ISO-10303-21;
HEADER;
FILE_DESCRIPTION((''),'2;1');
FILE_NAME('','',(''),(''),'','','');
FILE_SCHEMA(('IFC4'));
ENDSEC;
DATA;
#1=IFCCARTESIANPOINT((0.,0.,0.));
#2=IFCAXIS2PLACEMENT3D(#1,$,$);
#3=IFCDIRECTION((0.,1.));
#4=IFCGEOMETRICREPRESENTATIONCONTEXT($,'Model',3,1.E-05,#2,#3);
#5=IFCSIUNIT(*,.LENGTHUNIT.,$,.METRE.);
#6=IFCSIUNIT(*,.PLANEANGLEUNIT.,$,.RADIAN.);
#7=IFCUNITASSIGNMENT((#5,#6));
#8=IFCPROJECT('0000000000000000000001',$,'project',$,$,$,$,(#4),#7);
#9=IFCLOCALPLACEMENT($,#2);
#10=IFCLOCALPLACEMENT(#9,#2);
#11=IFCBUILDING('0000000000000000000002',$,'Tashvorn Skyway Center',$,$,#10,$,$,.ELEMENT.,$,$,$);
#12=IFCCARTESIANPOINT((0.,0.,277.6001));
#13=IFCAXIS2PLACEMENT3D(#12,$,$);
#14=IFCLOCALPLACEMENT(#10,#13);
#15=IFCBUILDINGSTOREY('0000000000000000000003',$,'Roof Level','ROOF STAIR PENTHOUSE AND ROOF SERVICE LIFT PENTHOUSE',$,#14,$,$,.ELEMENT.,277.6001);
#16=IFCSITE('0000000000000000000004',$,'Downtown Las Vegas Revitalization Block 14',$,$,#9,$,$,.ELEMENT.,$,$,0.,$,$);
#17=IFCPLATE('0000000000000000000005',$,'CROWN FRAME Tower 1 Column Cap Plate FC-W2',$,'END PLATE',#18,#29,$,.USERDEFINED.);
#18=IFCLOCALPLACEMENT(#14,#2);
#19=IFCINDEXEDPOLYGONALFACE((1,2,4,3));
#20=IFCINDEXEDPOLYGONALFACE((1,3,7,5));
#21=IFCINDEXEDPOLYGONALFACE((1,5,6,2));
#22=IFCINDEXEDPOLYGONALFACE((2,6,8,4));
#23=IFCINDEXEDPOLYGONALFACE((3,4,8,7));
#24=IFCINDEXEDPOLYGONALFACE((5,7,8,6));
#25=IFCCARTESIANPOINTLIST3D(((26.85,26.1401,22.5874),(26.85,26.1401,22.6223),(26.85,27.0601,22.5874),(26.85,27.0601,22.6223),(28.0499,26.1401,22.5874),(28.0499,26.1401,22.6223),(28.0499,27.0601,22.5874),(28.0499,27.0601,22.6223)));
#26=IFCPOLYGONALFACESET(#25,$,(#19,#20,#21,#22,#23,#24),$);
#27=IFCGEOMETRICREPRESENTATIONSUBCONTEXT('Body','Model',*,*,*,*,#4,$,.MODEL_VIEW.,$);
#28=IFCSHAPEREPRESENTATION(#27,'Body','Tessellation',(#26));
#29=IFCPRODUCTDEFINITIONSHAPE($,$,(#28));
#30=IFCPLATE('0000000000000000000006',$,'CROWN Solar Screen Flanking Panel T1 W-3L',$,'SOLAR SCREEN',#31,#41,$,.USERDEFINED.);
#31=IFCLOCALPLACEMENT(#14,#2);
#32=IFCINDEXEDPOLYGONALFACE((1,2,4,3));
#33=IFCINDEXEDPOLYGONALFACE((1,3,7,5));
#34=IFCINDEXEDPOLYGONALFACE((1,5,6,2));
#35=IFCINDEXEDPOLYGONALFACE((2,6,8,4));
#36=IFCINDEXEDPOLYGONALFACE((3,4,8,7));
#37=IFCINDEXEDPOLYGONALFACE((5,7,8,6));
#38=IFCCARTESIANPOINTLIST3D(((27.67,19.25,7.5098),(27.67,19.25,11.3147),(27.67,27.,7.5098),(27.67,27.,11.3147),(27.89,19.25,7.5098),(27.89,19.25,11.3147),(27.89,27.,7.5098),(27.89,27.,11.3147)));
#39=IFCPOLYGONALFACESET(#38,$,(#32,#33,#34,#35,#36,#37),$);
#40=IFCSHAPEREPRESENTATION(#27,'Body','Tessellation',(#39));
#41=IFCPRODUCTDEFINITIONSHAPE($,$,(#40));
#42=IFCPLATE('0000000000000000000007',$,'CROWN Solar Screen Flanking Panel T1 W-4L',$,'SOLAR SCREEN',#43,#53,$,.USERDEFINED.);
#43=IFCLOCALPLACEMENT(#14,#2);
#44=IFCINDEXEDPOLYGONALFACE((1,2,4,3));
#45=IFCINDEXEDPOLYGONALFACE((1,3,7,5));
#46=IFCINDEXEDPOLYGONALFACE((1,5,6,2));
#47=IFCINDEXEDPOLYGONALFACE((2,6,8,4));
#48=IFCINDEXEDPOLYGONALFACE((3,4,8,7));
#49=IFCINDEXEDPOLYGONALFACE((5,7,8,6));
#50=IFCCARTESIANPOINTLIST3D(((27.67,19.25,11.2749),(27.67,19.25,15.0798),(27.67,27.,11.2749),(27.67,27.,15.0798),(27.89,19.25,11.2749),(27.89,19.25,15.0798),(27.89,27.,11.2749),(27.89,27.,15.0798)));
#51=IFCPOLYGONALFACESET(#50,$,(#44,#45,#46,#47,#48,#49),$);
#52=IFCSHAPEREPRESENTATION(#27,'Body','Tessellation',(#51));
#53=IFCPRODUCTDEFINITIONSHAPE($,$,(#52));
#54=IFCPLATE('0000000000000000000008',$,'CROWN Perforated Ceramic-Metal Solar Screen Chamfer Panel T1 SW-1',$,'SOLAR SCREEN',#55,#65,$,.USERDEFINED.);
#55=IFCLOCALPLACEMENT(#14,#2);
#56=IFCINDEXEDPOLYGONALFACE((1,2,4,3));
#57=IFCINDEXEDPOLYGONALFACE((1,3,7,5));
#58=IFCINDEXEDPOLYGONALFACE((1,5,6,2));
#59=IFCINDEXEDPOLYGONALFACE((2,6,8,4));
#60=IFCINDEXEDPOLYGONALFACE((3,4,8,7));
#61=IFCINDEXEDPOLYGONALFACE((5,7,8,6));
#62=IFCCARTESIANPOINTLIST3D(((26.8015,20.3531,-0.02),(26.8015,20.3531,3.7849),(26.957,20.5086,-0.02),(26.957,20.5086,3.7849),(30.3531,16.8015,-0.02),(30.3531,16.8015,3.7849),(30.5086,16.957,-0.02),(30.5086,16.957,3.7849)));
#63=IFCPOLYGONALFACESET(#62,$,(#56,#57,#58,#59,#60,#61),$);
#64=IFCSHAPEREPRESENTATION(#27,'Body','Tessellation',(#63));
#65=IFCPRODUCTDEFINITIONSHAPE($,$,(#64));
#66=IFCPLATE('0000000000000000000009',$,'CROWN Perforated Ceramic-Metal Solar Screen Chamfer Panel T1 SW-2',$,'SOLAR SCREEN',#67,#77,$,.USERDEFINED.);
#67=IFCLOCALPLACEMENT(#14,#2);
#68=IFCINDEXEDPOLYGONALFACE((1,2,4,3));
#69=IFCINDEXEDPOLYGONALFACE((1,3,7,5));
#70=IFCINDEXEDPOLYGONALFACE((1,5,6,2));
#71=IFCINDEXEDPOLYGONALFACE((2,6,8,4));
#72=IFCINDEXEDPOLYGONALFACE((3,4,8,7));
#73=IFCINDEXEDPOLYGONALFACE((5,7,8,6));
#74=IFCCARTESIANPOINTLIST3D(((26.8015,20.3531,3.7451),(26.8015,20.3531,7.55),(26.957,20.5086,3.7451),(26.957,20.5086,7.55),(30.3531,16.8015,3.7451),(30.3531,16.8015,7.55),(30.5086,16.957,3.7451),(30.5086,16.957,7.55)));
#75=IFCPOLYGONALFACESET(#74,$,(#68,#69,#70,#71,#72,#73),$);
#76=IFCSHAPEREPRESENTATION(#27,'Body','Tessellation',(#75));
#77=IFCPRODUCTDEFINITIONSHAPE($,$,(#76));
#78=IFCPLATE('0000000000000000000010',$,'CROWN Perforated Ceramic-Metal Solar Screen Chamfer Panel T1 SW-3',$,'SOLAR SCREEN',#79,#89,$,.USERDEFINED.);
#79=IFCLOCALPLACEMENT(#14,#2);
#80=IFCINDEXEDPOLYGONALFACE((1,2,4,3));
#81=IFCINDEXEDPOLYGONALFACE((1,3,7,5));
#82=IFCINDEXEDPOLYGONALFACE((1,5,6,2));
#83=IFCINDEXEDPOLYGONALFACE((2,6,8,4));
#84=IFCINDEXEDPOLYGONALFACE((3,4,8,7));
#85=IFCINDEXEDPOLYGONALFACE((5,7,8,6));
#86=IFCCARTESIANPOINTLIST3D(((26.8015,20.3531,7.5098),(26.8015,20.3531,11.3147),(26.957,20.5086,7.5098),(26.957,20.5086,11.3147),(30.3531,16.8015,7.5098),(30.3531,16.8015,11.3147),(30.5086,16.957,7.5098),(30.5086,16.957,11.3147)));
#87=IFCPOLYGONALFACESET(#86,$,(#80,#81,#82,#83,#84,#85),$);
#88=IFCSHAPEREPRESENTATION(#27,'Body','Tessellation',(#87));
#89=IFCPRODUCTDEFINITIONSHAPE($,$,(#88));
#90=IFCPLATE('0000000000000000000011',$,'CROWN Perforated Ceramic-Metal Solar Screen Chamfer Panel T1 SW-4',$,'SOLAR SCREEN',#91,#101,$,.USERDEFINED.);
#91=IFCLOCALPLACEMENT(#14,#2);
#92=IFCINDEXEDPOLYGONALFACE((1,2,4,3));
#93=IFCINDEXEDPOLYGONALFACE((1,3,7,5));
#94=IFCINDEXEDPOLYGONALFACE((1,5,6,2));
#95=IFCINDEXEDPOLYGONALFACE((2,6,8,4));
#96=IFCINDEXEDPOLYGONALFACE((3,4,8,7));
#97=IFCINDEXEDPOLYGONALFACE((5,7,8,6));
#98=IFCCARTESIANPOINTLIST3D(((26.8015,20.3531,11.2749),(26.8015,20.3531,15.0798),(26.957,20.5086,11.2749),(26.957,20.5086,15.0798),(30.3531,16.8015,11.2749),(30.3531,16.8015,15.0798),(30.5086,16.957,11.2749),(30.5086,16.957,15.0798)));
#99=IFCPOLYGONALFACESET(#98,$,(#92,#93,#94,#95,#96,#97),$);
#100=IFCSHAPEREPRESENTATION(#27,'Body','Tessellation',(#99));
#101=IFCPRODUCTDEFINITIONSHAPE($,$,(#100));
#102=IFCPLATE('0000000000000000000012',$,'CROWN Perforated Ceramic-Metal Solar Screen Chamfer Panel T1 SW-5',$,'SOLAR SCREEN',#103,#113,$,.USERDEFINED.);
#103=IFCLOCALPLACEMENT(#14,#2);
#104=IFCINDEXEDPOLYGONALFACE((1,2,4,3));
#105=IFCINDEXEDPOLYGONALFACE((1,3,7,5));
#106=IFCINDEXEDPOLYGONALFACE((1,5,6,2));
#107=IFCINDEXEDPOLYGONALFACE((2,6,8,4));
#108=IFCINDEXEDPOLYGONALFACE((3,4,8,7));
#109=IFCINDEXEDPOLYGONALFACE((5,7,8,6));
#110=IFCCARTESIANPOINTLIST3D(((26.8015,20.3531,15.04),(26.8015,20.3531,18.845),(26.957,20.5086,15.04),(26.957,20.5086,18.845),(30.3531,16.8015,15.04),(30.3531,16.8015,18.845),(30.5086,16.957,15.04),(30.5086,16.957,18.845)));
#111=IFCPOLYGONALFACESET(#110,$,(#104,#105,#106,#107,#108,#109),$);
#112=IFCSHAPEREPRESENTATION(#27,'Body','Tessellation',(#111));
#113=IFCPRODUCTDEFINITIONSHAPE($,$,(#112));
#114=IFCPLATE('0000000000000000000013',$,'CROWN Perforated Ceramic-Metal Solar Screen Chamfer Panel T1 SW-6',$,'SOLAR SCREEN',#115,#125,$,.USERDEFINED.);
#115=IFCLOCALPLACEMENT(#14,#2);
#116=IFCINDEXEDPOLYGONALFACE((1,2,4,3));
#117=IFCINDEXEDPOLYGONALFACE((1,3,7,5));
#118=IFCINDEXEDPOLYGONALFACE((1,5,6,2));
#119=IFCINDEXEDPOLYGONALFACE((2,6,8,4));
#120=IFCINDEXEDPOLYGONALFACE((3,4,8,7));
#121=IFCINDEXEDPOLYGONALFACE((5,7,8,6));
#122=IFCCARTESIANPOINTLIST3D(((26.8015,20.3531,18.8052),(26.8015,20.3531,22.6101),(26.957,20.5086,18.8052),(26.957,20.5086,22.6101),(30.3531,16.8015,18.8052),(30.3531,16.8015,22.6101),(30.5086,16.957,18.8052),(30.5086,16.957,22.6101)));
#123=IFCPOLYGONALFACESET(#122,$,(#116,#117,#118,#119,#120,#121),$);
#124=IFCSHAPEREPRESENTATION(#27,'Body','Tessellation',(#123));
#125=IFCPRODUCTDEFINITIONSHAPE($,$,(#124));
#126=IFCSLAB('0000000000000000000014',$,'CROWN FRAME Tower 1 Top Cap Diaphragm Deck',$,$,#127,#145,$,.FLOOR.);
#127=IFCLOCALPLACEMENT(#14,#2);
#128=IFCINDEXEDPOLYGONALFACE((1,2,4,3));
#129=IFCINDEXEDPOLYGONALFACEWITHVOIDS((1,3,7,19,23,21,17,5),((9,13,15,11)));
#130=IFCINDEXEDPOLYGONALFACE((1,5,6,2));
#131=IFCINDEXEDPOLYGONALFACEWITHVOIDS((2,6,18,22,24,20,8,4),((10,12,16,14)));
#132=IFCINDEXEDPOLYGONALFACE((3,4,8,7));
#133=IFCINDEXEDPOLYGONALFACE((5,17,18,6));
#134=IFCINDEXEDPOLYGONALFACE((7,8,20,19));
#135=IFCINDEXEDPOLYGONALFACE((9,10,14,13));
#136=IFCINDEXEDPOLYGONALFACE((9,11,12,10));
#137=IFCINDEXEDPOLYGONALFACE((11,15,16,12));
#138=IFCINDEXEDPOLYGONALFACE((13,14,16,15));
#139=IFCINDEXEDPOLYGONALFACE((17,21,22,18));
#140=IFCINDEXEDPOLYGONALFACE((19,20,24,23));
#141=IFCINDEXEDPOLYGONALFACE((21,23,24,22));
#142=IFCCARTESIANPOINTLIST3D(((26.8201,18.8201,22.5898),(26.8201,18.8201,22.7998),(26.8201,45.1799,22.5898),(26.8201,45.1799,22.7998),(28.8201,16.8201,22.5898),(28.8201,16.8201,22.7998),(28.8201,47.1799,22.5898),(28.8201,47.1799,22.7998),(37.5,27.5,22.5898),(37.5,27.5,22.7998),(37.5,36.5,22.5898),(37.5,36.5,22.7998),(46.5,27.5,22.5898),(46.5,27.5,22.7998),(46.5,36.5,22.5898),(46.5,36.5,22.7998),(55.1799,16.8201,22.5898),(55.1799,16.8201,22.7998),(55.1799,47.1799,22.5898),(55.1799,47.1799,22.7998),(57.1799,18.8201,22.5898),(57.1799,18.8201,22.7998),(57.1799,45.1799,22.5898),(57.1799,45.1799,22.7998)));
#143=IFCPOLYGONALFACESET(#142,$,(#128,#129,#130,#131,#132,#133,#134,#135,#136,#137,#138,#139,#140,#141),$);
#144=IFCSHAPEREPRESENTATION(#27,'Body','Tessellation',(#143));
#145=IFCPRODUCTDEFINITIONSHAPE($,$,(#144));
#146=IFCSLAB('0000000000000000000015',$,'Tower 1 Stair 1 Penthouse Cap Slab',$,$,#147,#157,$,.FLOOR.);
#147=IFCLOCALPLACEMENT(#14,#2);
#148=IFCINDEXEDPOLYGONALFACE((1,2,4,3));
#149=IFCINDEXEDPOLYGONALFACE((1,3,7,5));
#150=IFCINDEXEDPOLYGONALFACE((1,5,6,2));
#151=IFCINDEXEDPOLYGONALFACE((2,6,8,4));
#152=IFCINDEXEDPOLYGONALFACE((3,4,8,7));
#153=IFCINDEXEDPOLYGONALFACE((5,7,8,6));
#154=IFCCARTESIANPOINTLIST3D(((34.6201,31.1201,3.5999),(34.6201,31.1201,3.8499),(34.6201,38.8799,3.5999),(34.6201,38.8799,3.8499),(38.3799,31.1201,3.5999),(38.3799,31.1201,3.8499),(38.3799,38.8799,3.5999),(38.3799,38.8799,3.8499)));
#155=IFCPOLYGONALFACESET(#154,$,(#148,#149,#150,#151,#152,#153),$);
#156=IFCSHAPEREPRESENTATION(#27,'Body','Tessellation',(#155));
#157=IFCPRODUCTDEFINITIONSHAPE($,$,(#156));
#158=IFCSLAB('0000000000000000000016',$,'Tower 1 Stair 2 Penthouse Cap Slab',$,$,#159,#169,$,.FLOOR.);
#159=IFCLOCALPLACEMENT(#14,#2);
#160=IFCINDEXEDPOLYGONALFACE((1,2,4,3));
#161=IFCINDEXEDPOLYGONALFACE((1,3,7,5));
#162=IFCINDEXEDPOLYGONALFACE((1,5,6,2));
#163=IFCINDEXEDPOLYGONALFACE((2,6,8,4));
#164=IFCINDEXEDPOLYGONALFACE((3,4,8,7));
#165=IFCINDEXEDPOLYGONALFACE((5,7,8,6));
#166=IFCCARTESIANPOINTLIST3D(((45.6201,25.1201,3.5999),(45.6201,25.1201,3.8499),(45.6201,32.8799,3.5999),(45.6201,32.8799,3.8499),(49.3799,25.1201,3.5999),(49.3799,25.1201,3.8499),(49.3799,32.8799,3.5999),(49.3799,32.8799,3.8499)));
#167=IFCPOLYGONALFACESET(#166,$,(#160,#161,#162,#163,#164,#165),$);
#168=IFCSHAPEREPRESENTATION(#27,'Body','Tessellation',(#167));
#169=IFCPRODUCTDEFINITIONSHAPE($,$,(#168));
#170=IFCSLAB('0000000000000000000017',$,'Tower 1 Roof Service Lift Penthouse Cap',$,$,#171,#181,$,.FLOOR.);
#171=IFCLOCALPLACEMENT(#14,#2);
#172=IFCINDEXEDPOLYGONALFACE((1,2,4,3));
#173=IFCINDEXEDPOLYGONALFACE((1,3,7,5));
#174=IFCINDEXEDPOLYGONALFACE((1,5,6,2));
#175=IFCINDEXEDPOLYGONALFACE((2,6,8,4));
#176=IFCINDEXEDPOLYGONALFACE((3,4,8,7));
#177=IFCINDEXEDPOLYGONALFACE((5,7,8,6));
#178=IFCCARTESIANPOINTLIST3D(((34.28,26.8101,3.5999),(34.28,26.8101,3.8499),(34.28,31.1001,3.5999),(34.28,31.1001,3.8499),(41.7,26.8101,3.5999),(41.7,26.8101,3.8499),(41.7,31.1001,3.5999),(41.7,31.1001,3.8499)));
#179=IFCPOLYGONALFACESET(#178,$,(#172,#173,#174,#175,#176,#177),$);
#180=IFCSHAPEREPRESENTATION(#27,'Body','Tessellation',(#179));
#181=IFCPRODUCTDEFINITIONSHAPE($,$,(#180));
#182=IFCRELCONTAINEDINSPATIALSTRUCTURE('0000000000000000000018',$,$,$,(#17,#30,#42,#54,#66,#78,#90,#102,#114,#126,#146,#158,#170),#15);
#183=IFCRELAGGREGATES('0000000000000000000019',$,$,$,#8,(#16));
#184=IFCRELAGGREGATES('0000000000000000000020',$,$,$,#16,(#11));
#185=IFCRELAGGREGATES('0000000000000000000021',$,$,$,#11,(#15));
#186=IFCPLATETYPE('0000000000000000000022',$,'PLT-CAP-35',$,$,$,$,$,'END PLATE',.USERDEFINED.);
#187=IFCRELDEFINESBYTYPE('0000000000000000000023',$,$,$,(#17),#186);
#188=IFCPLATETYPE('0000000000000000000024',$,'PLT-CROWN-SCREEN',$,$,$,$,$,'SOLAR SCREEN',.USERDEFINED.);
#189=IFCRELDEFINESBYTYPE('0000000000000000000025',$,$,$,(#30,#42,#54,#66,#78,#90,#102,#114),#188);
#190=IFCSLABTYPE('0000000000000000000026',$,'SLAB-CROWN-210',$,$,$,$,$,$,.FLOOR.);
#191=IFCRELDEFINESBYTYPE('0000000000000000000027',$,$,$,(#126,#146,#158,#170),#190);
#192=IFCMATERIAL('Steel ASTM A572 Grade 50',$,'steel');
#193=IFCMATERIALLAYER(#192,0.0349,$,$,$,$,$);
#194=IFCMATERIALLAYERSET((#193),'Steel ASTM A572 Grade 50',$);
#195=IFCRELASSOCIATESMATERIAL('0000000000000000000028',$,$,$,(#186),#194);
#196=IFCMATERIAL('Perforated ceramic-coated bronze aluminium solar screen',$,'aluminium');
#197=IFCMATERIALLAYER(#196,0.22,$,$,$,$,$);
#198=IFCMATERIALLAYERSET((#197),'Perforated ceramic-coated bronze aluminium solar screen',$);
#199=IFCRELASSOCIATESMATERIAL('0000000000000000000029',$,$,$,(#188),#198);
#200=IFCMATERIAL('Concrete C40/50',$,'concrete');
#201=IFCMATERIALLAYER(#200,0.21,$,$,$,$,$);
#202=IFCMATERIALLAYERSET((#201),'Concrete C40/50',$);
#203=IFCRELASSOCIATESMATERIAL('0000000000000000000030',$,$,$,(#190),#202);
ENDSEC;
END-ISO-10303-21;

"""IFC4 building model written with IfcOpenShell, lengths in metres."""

from ifc_helpers import new_model, si_unit, direction, frame, origin, origin_2d, place, context, subcontext, project, spatial, polyline, rectangle, outline, extrude, material, layer, layer_set, type_object, element, save


model = new_model("IFC4")

# Units and contexts
model_context = context("Model", 3, precision=1e-05, world=origin(), true_north=direction((0.0, 1.0)))
body_context = subcontext(model_context, "Body", "Model", "MODEL_VIEW")
ifc_project = project(units=[si_unit("LENGTHUNIT", "METRE"), si_unit("PLANEANGLEUNIT", "RADIAN")], contexts=[model_context])

# Site, building, storey
site_placement = place(None, origin())
site = spatial("IfcSite", under=ifc_project, at=site_placement, Name="Downtown Las Vegas Revitalization Block 14", CompositionType="ELEMENT", RefElevation=0.0)
building_placement = place(site_placement, origin())
building = spatial("IfcBuilding", under=site, at=building_placement, Name="Tashvorn Skyway Center", CompositionType="ELEMENT")
storey_placement = place(building_placement, frame((0.0, 0.0, 277.6001)))
storey = spatial("IfcBuildingStorey", under=building, at=storey_placement, Name="Roof Level", Description="ROOF STAIR PENTHOUSE AND ROOF SERVICE LIFT PENTHOUSE", CompositionType="ELEMENT", Elevation=277.6001)

# Shared definitions
ifc_material_1 = material(Name="Steel ASTM A572 Grade 50", Category="steel")

# Plates
ifc_layer_1 = layer(ifc_material_1, 0.0349)
ifc_layer_set_1 = layer_set([ifc_layer_1], Name="Steel ASTM A572 Grade 50")
plate_type_1 = type_object("IfcPlateType", Name="PLT-CAP-35", ElementType="END PLATE", PredefinedType="USERDEFINED", material=ifc_layer_set_1)
for number, where, z_axis, x_axis, name in (
    (1, (27.45, 26.6001, 22.5874), (0.0, 0.0, 1.0), (1.0, 0.0, 0.0), "CROWN FRAME Tower 1 Column Cap Plate FC-W2"),
):
    element("IfcPlate", number, at=place(storey_placement, frame(where, z_axis=z_axis, x_axis=x_axis)), inside=storey, type_object=plate_type_1, Name=name, ObjectType="END PLATE", PredefinedType="USERDEFINED", context=body_context, shape_type="SweptSolid", body=[
        extrude(rectangle(XDim=1.2, YDim=0.9199, at=origin_2d()), origin(), (0.0, 0.0, 1.0), 0.0349),
    ])
ifc_material_2 = material(Name="Perforated ceramic-coated bronze aluminium solar screen", Category="aluminium")
ifc_layer_2 = layer(ifc_material_2, 0.22)
ifc_layer_set_2 = layer_set([ifc_layer_2], Name="Perforated ceramic-coated bronze aluminium solar screen")
plate_type_2 = type_object("IfcPlateType", Name="PLT-CROWN-SCREEN", ElementType="SOLAR SCREEN", PredefinedType="USERDEFINED", material=ifc_layer_set_2)
for number, where, z_axis, x_axis, name in (
    (2, (27.78, 23.125, 7.5098), (0.0, 0.0, 1.0), (0.0, -1.0, 0.0), "CROWN Solar Screen Flanking Panel T1 W-3L"),
    (3, (27.78, 23.125, 11.2749), (0.0, 0.0, 1.0), (0.0, -1.0, 0.0), "CROWN Solar Screen Flanking Panel T1 W-4L"),
):
    element("IfcPlate", number, at=place(storey_placement, frame(where, z_axis=z_axis, x_axis=x_axis)), inside=storey, type_object=plate_type_2, Name=name, ObjectType="SOLAR SCREEN", PredefinedType="USERDEFINED", context=body_context, shape_type="SweptSolid", body=[
        extrude(rectangle(XDim=7.75, YDim=0.22, at=origin_2d()), origin(), (0.0, 0.0, 1.0), 3.8049),
    ])
for number, where, z_axis, x_axis, name in (
    (4, (28.655, 18.655, -0.02), (0.0, 0.0, 1.0), (-0.707107, 0.707107, 0.0), "CROWN Perforated Ceramic-Metal Solar Screen Chamfer Panel T1 SW-1"),
    (5, (28.655, 18.655, 3.7451), (0.0, 0.0, 1.0), (-0.707107, 0.707107, 0.0), "CROWN Perforated Ceramic-Metal Solar Screen Chamfer Panel T1 SW-2"),
    (6, (28.655, 18.655, 7.5098), (0.0, 0.0, 1.0), (-0.707107, 0.707107, 0.0), "CROWN Perforated Ceramic-Metal Solar Screen Chamfer Panel T1 SW-3"),
    (7, (28.655, 18.655, 11.2749), (0.0, 0.0, 1.0), (-0.707107, 0.707107, 0.0), "CROWN Perforated Ceramic-Metal Solar Screen Chamfer Panel T1 SW-4"),
    (8, (28.655, 18.655, 15.04), (0.0, 0.0, 1.0), (-0.707107, 0.707107, 0.0), "CROWN Perforated Ceramic-Metal Solar Screen Chamfer Panel T1 SW-5"),
    (9, (28.655, 18.655, 18.8052), (0.0, 0.0, 1.0), (-0.707107, 0.707107, 0.0), "CROWN Perforated Ceramic-Metal Solar Screen Chamfer Panel T1 SW-6"),
):
    element("IfcPlate", number, at=place(storey_placement, frame(where, z_axis=z_axis, x_axis=x_axis)), inside=storey, type_object=plate_type_2, Name=name, ObjectType="SOLAR SCREEN", PredefinedType="USERDEFINED", context=body_context, shape_type="SweptSolid", body=[
        extrude(rectangle(XDim=5.0227, YDim=0.22, at=origin_2d()), origin(), (0.0, 0.0, 1.0), 3.8049),
    ])

# Slabs
ifc_material_3 = material(Name="Concrete C40/50", Category="concrete")
ifc_layer_3 = layer(ifc_material_3, 0.21)
ifc_layer_set_3 = layer_set([ifc_layer_3], Name="Concrete C40/50")
slab_type_1 = type_object("IfcSlabType", Name="SLAB-CROWN-210", PredefinedType="FLOOR", material=ifc_layer_set_3)
slab_1_placement = place(storey_placement, frame((0.0, 0.0, 22.5898)))
element("IfcSlab", 10, at=slab_1_placement, inside=storey, type_object=slab_type_1, Name="CROWN FRAME Tower 1 Top Cap Diaphragm Deck", PredefinedType="FLOOR", context=body_context, shape_type="SweptSolid", body=[
    extrude(outline(polyline([(28.8201, 16.8201), (55.1799, 16.8201), (57.1799, 18.8201), (57.1799, 45.1799), (55.1799, 47.1799), (28.8201, 47.1799), (26.8201, 45.1799), (26.8201, 18.8201), (28.8201, 16.8201)]), holes=[polyline([(37.5, 27.5), (46.5, 27.5), (46.5, 36.5), (37.5, 36.5), (37.5, 27.5)])]), origin(), (0.0, 0.0, 1.0), 0.21),
])
slab_2_placement = place(storey_placement, frame((0.0, 0.0, 3.5999)))
element("IfcSlab", 11, at=slab_2_placement, inside=storey, type_object=slab_type_1, Name="Tower 1 Stair 1 Penthouse Cap Slab", PredefinedType="FLOOR", context=body_context, shape_type="SweptSolid", body=[
    extrude(outline(polyline([(34.6201, 31.1201), (38.3799, 31.1201), (38.3799, 38.8799), (34.6201, 38.8799), (34.6201, 31.1201)])), origin(), (0.0, 0.0, 1.0), 0.25),
])
slab_3_placement = place(storey_placement, frame((0.0, 0.0, 3.5999)))
element("IfcSlab", 12, at=slab_3_placement, inside=storey, type_object=slab_type_1, Name="Tower 1 Stair 2 Penthouse Cap Slab", PredefinedType="FLOOR", context=body_context, shape_type="SweptSolid", body=[
    extrude(outline(polyline([(45.6201, 25.1201), (49.3799, 25.1201), (49.3799, 32.8799), (45.6201, 32.8799), (45.6201, 25.1201)])), origin(), (0.0, 0.0, 1.0), 0.25),
])
slab_4_placement = place(storey_placement, frame((0.0, 0.0, 3.5999)))
element("IfcSlab", 13, at=slab_4_placement, inside=storey, type_object=slab_type_1, Name="Tower 1 Roof Service Lift Penthouse Cap", PredefinedType="FLOOR", context=body_context, shape_type="SweptSolid", body=[
    extrude(outline(polyline([(34.28, 26.8101), (41.7, 26.8101), (41.7, 31.1001), (34.28, 31.1001), (34.28, 26.8101)])), origin(), (0.0, 0.0, 1.0), 0.25),
])

save(model, "model.ifc")
